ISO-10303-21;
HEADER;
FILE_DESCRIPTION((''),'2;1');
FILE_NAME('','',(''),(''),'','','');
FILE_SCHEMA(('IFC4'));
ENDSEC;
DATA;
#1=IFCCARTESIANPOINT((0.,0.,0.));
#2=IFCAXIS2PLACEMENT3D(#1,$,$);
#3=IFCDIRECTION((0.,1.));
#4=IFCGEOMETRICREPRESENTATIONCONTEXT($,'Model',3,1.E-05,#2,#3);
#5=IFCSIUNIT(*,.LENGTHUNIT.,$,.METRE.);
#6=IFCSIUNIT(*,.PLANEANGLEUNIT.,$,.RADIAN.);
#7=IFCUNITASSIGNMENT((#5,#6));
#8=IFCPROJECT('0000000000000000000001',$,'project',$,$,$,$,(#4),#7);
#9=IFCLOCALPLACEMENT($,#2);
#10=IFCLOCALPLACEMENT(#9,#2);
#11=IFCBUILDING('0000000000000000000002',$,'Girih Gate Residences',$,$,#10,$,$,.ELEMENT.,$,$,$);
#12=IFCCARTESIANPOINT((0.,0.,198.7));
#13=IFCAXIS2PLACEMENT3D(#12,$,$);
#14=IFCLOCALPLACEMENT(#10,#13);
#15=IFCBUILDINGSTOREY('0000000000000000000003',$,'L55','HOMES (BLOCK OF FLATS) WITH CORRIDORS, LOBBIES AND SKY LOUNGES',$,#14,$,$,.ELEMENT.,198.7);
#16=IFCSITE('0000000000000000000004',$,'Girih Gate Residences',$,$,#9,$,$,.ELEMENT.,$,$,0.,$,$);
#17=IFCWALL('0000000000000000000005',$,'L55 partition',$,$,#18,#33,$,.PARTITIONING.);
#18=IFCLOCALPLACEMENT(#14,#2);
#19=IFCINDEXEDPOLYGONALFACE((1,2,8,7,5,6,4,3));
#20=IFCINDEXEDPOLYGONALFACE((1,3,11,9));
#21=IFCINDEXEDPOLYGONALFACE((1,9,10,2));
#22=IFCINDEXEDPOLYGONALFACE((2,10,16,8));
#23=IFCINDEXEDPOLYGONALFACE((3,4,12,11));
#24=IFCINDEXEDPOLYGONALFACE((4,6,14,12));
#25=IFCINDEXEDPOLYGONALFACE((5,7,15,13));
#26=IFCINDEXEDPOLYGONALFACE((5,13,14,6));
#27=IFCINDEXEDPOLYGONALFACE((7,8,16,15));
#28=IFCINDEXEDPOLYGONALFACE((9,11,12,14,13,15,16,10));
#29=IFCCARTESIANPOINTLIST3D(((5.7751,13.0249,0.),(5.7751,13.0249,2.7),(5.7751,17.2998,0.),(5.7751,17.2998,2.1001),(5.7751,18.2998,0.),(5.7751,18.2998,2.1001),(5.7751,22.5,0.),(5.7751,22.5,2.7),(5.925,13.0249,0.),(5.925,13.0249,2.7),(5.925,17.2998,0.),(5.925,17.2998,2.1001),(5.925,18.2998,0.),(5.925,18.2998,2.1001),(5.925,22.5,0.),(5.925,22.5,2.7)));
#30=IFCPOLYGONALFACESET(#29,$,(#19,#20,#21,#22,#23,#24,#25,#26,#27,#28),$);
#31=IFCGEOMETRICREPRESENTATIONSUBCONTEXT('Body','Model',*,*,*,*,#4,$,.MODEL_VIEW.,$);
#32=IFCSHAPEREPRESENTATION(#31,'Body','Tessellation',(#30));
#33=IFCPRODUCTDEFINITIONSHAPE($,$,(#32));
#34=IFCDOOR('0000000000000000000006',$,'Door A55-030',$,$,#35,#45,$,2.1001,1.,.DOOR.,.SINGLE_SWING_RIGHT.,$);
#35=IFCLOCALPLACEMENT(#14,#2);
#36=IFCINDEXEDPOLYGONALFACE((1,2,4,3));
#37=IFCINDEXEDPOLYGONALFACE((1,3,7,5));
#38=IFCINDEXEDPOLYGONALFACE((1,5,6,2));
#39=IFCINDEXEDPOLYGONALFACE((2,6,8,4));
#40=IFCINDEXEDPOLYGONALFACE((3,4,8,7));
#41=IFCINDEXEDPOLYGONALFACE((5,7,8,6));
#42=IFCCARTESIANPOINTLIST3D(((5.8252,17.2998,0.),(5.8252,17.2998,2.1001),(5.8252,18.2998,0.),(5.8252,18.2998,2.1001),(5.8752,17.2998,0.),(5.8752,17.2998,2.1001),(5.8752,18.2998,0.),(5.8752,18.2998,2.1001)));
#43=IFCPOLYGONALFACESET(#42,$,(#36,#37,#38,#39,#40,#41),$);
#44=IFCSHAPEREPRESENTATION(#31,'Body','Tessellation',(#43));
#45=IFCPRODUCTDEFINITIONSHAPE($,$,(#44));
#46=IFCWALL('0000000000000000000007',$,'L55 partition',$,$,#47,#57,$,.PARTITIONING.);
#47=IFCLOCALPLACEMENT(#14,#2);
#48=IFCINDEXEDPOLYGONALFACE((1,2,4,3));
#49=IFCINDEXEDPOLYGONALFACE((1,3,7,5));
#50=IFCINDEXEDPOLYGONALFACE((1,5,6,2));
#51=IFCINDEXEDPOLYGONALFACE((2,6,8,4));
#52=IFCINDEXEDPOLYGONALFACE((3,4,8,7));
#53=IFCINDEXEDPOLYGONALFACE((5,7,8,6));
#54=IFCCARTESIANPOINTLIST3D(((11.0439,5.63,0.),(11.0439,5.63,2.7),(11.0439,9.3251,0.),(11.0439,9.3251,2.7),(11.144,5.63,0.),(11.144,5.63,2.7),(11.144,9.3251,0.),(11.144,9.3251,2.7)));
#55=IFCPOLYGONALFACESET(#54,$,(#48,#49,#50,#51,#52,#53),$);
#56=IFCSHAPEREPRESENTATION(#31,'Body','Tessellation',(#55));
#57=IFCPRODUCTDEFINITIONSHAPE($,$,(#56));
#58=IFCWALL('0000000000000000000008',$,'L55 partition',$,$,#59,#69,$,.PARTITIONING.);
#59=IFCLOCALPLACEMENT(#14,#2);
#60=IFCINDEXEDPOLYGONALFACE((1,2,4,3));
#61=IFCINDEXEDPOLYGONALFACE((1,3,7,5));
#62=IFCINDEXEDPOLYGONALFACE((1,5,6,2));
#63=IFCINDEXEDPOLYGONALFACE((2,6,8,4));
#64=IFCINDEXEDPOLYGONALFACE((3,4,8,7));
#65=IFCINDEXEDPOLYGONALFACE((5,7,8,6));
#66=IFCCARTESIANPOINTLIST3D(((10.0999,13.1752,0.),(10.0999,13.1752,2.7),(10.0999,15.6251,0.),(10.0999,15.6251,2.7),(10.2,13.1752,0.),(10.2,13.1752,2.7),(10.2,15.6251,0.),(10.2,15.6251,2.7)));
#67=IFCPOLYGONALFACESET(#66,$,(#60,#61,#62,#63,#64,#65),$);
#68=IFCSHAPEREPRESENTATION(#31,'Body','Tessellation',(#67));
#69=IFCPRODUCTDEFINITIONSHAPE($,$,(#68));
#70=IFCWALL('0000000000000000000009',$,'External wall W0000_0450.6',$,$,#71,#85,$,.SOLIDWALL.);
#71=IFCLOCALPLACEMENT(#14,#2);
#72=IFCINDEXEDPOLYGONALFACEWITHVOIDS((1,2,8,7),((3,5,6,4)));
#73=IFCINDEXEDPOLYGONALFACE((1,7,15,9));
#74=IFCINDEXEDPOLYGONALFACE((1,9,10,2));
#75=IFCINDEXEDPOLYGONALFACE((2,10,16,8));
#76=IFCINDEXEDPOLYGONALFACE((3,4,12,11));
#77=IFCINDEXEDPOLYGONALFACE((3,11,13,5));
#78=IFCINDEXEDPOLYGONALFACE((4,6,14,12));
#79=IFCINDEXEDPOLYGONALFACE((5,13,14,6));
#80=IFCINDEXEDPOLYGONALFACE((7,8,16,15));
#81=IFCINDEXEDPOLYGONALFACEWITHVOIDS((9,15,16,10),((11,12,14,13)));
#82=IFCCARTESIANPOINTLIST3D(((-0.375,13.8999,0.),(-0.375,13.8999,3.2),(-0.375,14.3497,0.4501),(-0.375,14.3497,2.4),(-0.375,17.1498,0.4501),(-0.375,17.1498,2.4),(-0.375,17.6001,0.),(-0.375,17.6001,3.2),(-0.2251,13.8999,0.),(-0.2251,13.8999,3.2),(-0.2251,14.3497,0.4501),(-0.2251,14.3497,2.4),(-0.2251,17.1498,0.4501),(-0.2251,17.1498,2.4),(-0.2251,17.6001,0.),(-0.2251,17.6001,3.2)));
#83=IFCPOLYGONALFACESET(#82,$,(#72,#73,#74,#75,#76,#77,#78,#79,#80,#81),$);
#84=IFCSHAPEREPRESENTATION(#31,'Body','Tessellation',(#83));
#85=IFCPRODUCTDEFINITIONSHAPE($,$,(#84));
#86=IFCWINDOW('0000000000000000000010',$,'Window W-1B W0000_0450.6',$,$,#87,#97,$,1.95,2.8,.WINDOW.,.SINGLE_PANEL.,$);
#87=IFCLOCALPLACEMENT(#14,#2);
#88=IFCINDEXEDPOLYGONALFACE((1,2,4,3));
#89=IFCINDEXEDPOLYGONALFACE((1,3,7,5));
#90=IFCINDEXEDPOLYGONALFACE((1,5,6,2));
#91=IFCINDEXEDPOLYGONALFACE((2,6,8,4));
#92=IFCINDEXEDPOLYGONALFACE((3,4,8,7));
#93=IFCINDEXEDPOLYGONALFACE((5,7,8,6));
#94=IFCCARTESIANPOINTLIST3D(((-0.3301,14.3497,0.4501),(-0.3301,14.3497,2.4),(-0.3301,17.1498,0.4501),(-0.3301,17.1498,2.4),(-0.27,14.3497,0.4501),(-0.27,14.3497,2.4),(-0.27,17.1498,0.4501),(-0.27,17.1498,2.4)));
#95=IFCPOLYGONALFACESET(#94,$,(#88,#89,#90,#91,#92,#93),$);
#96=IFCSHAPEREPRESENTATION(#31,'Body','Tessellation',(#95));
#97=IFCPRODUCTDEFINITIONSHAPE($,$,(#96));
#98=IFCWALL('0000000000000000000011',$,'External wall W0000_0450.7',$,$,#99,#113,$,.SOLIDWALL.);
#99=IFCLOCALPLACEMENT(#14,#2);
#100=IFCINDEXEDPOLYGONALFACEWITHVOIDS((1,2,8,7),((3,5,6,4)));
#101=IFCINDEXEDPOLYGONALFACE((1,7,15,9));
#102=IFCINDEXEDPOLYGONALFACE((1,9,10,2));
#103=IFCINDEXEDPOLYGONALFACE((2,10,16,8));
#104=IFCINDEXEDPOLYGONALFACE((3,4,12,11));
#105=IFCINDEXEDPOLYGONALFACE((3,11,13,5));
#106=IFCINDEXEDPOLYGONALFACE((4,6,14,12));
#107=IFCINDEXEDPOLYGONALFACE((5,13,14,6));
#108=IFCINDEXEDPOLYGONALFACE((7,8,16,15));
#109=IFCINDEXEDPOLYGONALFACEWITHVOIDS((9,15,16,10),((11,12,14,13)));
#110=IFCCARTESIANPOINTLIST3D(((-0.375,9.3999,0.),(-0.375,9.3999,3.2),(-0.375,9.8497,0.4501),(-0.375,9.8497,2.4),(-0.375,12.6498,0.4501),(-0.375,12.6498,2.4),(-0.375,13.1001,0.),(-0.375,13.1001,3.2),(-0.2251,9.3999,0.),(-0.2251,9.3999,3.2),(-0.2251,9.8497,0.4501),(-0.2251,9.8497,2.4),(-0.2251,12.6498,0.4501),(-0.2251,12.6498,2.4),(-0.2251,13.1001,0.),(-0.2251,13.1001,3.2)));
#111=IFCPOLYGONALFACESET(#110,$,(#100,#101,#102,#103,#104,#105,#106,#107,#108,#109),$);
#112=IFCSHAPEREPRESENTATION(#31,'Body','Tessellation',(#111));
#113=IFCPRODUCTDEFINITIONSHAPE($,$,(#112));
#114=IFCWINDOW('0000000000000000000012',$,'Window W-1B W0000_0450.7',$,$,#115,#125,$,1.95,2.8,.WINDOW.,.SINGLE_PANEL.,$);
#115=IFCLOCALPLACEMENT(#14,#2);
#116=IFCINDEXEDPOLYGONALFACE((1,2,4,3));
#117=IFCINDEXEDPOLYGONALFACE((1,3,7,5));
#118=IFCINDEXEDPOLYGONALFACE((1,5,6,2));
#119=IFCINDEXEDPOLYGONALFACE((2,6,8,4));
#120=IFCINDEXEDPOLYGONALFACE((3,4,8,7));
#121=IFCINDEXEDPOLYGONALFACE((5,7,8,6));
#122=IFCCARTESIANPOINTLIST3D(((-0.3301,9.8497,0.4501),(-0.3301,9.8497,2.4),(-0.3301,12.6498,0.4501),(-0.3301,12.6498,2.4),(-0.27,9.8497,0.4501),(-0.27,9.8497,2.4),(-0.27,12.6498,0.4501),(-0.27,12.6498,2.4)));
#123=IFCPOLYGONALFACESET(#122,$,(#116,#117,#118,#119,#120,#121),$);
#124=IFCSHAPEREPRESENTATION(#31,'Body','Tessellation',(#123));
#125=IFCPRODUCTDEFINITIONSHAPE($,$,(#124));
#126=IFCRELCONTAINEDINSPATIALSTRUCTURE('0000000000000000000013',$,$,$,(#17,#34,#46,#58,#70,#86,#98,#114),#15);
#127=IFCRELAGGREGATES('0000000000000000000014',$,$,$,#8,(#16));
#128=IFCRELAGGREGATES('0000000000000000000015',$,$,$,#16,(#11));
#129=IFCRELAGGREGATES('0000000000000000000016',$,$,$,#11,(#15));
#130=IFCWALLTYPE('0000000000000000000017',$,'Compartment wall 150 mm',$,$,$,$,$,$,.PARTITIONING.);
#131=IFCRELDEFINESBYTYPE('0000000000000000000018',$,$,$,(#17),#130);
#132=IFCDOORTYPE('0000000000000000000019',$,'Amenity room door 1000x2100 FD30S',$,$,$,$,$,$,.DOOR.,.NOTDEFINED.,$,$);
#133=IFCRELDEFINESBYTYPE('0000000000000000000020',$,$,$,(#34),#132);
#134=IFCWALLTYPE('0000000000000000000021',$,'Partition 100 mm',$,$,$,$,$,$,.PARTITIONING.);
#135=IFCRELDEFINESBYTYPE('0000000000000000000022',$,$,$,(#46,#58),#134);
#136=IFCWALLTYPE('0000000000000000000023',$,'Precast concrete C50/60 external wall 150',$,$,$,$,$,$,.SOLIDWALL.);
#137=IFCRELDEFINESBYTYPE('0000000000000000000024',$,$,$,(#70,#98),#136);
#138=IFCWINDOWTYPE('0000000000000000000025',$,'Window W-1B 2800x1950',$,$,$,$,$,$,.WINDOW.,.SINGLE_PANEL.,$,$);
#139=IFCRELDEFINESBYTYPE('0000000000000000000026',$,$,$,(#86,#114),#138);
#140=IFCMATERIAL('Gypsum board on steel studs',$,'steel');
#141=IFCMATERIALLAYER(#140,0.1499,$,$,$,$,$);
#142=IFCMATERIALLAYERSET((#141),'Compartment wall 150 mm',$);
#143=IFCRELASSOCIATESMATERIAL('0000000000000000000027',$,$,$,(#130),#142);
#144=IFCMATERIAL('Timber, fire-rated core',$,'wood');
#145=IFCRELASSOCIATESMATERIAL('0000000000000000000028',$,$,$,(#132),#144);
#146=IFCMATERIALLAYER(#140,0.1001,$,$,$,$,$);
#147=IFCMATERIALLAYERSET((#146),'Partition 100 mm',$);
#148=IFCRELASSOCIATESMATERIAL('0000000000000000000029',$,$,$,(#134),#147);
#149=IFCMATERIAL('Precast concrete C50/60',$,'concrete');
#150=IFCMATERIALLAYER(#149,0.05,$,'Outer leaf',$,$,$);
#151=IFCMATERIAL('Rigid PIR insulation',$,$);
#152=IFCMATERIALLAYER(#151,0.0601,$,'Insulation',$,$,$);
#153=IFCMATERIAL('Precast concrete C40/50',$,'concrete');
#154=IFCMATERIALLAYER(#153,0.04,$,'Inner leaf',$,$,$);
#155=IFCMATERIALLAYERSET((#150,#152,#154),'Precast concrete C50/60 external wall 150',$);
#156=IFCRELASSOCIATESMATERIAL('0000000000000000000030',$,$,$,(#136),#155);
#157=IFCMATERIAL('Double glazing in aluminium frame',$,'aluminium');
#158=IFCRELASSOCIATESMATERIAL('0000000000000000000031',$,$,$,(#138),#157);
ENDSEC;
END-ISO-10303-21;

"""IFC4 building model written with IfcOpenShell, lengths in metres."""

from ifc_helpers import new_model, si_unit, direction, frame, frame_2d, origin, place, context, subcontext, project, spatial, rectangle, extrude, material, layer, layer_set, type_object, element, fill, save


model = new_model("IFC4")

# Units and contexts
model_context = context("Model", 3, precision=1e-05, world=origin(), true_north=direction((0.0, 1.0)))
body_context = subcontext(model_context, "Body", "Model", "MODEL_VIEW")
ifc_project = project(units=[si_unit("LENGTHUNIT", "METRE"), si_unit("PLANEANGLEUNIT", "RADIAN")], contexts=[model_context])

# Site, building, storey
site_placement = place(None, origin())
site = spatial("IfcSite", under=ifc_project, at=site_placement, Name="Girih Gate Residences", CompositionType="ELEMENT", RefElevation=0.0)
building_placement = place(site_placement, origin())
building = spatial("IfcBuilding", under=site, at=building_placement, Name="Girih Gate Residences", CompositionType="ELEMENT")
storey_placement = place(building_placement, frame((0.0, 0.0, 198.7)))
storey = spatial("IfcBuildingStorey", under=building, at=storey_placement, Name="L55", Description="HOMES (BLOCK OF FLATS) WITH CORRIDORS, LOBBIES AND SKY LOUNGES", CompositionType="ELEMENT", Elevation=198.7)

# Shared definitions
ifc_material_1 = material(Name="Gypsum board on steel studs", Category="steel")
ifc_layer_1 = layer(ifc_material_1, 0.1499)
ifc_layer_set_1 = layer_set([ifc_layer_1], Name="Compartment wall 150 mm")
wall_type_1 = type_object("IfcWallType", Name="Compartment wall 150 mm", PredefinedType="PARTITIONING", material=ifc_layer_set_1)

# Wall, opening, door
wall_1_placement = place(storey_placement, frame((5.8501, 13.0249, 0.0), z_axis=(0.0, 0.0, 1.0), x_axis=(0.0, 1.0, 0.0)))
wall_1 = element("IfcWall", 1, at=wall_1_placement, inside=storey, type_object=wall_type_1, Name="L55 partition", PredefinedType="PARTITIONING", context=body_context, shape_type="SweptSolid", body=[
    extrude(rectangle(XDim=9.4751, YDim=0.1499, at=frame_2d((4.7375, 0.0))), origin(), (0.0, 0.0, 1.0), 2.7),
])
opening_1_placement = place(wall_1_placement, frame((4.2749, 0.0, 0.0)))
opening_1 = element("IfcOpeningElement", 2, at=opening_1_placement, cuts=wall_1, PredefinedType="OPENING", context=body_context, shape_type="SweptSolid", body=[
    extrude(rectangle(XDim=1.0, YDim=2.1001, at=frame_2d((0.5, 1.05))), frame((0.0, 0.085, 0.0), z_axis=(0.0, -1.0, 0.0), x_axis=(1.0, 0.0, 0.0)), (0.0, 0.0, 1.0), 0.1699),
])
ifc_material_2 = material(Name="Timber, fire-rated core", Category="wood")
door_type_1 = type_object("IfcDoorType", Name="Amenity room door 1000x2100 FD30S", OperationType="NOTDEFINED", PredefinedType="DOOR", material=ifc_material_2)
door_1_placement = place(opening_1_placement, origin())
door_1 = element("IfcDoor", 3, at=door_1_placement, inside=storey, type_object=door_type_1, Name="Door A55-030", OperationType="SINGLE_SWING_RIGHT", OverallHeight=2.1001, OverallWidth=1.0, PredefinedType="DOOR", context=body_context, shape_type="SweptSolid", body=[
    extrude(rectangle(XDim=1.0, YDim=2.1001, at=frame_2d((0.5, 1.05))), frame((0.0, 0.0249, 0.0), z_axis=(0.0, -1.0, 0.0), x_axis=(1.0, 0.0, 0.0)), (0.0, 0.0, 1.0), 0.05),
])
fill(opening_1, door_1)

# Walls
ifc_layer_2 = layer(ifc_material_1, 0.1001)
ifc_layer_set_2 = layer_set([ifc_layer_2], Name="Partition 100 mm")
wall_type_2 = type_object("IfcWallType", Name="Partition 100 mm", PredefinedType="PARTITIONING", material=ifc_layer_set_2)
wall_2_placement = place(storey_placement, frame((11.094, 5.6299, 0.0), z_axis=(0.0, 0.0, 1.0), x_axis=(0.0, 1.0, 0.0)))
element("IfcWall", 4, at=wall_2_placement, inside=storey, type_object=wall_type_2, Name="L55 partition", PredefinedType="PARTITIONING", context=body_context, shape_type="SweptSolid", body=[
    extrude(rectangle(XDim=3.6951, YDim=0.1001, at=frame_2d((1.8477, 0.0))), origin(), (0.0, 0.0, 1.0), 2.7),
])
wall_3_placement = place(storey_placement, frame((10.1499, 13.175, 0.0), z_axis=(0.0, 0.0, 1.0), x_axis=(0.0, 1.0, 0.0)))
element("IfcWall", 5, at=wall_3_placement, inside=storey, type_object=wall_type_2, Name="L55 partition", PredefinedType="PARTITIONING", context=body_context, shape_type="SweptSolid", body=[
    extrude(rectangle(XDim=2.45, YDim=0.1001, at=frame_2d((1.2251, 0.0))), origin(), (0.0, 0.0, 1.0), 2.7),
])

# Walls, openings, windows
ifc_material_3 = material(Name="Precast concrete C50/60", Category="concrete")
ifc_layer_3 = layer(ifc_material_3, 0.05, Name="Outer leaf")
ifc_material_4 = material(Name="Rigid PIR insulation")
ifc_layer_4 = layer(ifc_material_4, 0.0601, Name="Insulation")
ifc_material_5 = material(Name="Precast concrete C40/50", Category="concrete")
ifc_layer_5 = layer(ifc_material_5, 0.04, Name="Inner leaf")
ifc_layer_set_3 = layer_set([ifc_layer_3, ifc_layer_4, ifc_layer_5], Name="Precast concrete C50/60 external wall 150")
wall_type_3 = type_object("IfcWallType", Name="Precast concrete C50/60 external wall 150", PredefinedType="SOLIDWALL", material=ifc_layer_set_3)
wall_4_placement = place(storey_placement, frame((-0.3, 13.8999, 0.0), z_axis=(0.0, 0.0, 1.0), x_axis=(0.0, 1.0, 0.0)))
wall_4 = element("IfcWall", 6, at=wall_4_placement, inside=storey, type_object=wall_type_3, Name="External wall W0000_0450.6", PredefinedType="SOLIDWALL", context=body_context, shape_type="SweptSolid", body=[
    extrude(rectangle(XDim=3.7002, YDim=0.1499, at=frame_2d((1.8501, 0.0))), origin(), (0.0, 0.0, 1.0), 3.2),
])
opening_2_placement = place(wall_4_placement, frame((0.45, 0.0, 0.45)))
opening_2 = element("IfcOpeningElement", 7, at=opening_2_placement, cuts=wall_4, PredefinedType="OPENING", context=body_context, shape_type="SweptSolid", body=[
    extrude(rectangle(XDim=2.8, YDim=1.95, at=frame_2d((1.3999, 0.9751))), frame((0.0, 0.085, 0.0), z_axis=(0.0, -1.0, 0.0), x_axis=(1.0, 0.0, 0.0)), (0.0, 0.0, 1.0), 0.1699),
])
ifc_material_6 = material(Name="Double glazing in aluminium frame", Category="aluminium")
window_type = type_object("IfcWindowType", Name="Window W-1B 2800x1950", PartitioningType="SINGLE_PANEL", PredefinedType="WINDOW", material=ifc_material_6)
window_1_placement = place(opening_2_placement, origin())
window_1 = element("IfcWindow", 8, at=window_1_placement, inside=storey, type_object=window_type, Name="Window W-1B W0000_0450.6", OverallHeight=1.95, OverallWidth=2.8, PartitioningType="SINGLE_PANEL", PredefinedType="WINDOW", context=body_context, shape_type="SweptSolid", body=[
    extrude(rectangle(XDim=2.8, YDim=1.95, at=frame_2d((1.3999, 0.9751))), frame((0.0, 0.03, 0.0), z_axis=(0.0, -1.0, 0.0), x_axis=(1.0, 0.0, 0.0)), (0.0, 0.0, 1.0), 0.0601),
])
fill(opening_2, window_1)
wall_5_placement = place(storey_placement, frame((-0.3, 9.3999, 0.0), z_axis=(0.0, 0.0, 1.0), x_axis=(0.0, 1.0, 0.0)))
wall_5 = element("IfcWall", 9, at=wall_5_placement, inside=storey, type_object=wall_type_3, Name="External wall W0000_0450.7", PredefinedType="SOLIDWALL", context=body_context, shape_type="SweptSolid", body=[
    extrude(rectangle(XDim=3.7002, YDim=0.1499, at=frame_2d((1.8501, 0.0))), origin(), (0.0, 0.0, 1.0), 3.2),
])
opening_3_placement = place(wall_5_placement, frame((0.45, 0.0, 0.45)))
opening_3 = element("IfcOpeningElement", 10, at=opening_3_placement, cuts=wall_5, PredefinedType="OPENING", context=body_context, shape_type="SweptSolid", body=[
    extrude(rectangle(XDim=2.8, YDim=1.95, at=frame_2d((1.3999, 0.9751))), frame((0.0, 0.085, 0.0), z_axis=(0.0, -1.0, 0.0), x_axis=(1.0, 0.0, 0.0)), (0.0, 0.0, 1.0), 0.1699),
])
window_2_placement = place(opening_3_placement, origin())
window_2 = element("IfcWindow", 11, at=window_2_placement, inside=storey, type_object=window_type, Name="Window W-1B W0000_0450.7", OverallHeight=1.95, OverallWidth=2.8, PartitioningType="SINGLE_PANEL", PredefinedType="WINDOW", context=body_context, shape_type="SweptSolid", body=[
    extrude(rectangle(XDim=2.8, YDim=1.95, at=frame_2d((1.3999, 0.9751))), frame((0.0, 0.03, 0.0), z_axis=(0.0, -1.0, 0.0), x_axis=(1.0, 0.0, 0.0)), (0.0, 0.0, 1.0), 0.0601),
])
fill(opening_3, window_2)

save(model, "model.ifc")
